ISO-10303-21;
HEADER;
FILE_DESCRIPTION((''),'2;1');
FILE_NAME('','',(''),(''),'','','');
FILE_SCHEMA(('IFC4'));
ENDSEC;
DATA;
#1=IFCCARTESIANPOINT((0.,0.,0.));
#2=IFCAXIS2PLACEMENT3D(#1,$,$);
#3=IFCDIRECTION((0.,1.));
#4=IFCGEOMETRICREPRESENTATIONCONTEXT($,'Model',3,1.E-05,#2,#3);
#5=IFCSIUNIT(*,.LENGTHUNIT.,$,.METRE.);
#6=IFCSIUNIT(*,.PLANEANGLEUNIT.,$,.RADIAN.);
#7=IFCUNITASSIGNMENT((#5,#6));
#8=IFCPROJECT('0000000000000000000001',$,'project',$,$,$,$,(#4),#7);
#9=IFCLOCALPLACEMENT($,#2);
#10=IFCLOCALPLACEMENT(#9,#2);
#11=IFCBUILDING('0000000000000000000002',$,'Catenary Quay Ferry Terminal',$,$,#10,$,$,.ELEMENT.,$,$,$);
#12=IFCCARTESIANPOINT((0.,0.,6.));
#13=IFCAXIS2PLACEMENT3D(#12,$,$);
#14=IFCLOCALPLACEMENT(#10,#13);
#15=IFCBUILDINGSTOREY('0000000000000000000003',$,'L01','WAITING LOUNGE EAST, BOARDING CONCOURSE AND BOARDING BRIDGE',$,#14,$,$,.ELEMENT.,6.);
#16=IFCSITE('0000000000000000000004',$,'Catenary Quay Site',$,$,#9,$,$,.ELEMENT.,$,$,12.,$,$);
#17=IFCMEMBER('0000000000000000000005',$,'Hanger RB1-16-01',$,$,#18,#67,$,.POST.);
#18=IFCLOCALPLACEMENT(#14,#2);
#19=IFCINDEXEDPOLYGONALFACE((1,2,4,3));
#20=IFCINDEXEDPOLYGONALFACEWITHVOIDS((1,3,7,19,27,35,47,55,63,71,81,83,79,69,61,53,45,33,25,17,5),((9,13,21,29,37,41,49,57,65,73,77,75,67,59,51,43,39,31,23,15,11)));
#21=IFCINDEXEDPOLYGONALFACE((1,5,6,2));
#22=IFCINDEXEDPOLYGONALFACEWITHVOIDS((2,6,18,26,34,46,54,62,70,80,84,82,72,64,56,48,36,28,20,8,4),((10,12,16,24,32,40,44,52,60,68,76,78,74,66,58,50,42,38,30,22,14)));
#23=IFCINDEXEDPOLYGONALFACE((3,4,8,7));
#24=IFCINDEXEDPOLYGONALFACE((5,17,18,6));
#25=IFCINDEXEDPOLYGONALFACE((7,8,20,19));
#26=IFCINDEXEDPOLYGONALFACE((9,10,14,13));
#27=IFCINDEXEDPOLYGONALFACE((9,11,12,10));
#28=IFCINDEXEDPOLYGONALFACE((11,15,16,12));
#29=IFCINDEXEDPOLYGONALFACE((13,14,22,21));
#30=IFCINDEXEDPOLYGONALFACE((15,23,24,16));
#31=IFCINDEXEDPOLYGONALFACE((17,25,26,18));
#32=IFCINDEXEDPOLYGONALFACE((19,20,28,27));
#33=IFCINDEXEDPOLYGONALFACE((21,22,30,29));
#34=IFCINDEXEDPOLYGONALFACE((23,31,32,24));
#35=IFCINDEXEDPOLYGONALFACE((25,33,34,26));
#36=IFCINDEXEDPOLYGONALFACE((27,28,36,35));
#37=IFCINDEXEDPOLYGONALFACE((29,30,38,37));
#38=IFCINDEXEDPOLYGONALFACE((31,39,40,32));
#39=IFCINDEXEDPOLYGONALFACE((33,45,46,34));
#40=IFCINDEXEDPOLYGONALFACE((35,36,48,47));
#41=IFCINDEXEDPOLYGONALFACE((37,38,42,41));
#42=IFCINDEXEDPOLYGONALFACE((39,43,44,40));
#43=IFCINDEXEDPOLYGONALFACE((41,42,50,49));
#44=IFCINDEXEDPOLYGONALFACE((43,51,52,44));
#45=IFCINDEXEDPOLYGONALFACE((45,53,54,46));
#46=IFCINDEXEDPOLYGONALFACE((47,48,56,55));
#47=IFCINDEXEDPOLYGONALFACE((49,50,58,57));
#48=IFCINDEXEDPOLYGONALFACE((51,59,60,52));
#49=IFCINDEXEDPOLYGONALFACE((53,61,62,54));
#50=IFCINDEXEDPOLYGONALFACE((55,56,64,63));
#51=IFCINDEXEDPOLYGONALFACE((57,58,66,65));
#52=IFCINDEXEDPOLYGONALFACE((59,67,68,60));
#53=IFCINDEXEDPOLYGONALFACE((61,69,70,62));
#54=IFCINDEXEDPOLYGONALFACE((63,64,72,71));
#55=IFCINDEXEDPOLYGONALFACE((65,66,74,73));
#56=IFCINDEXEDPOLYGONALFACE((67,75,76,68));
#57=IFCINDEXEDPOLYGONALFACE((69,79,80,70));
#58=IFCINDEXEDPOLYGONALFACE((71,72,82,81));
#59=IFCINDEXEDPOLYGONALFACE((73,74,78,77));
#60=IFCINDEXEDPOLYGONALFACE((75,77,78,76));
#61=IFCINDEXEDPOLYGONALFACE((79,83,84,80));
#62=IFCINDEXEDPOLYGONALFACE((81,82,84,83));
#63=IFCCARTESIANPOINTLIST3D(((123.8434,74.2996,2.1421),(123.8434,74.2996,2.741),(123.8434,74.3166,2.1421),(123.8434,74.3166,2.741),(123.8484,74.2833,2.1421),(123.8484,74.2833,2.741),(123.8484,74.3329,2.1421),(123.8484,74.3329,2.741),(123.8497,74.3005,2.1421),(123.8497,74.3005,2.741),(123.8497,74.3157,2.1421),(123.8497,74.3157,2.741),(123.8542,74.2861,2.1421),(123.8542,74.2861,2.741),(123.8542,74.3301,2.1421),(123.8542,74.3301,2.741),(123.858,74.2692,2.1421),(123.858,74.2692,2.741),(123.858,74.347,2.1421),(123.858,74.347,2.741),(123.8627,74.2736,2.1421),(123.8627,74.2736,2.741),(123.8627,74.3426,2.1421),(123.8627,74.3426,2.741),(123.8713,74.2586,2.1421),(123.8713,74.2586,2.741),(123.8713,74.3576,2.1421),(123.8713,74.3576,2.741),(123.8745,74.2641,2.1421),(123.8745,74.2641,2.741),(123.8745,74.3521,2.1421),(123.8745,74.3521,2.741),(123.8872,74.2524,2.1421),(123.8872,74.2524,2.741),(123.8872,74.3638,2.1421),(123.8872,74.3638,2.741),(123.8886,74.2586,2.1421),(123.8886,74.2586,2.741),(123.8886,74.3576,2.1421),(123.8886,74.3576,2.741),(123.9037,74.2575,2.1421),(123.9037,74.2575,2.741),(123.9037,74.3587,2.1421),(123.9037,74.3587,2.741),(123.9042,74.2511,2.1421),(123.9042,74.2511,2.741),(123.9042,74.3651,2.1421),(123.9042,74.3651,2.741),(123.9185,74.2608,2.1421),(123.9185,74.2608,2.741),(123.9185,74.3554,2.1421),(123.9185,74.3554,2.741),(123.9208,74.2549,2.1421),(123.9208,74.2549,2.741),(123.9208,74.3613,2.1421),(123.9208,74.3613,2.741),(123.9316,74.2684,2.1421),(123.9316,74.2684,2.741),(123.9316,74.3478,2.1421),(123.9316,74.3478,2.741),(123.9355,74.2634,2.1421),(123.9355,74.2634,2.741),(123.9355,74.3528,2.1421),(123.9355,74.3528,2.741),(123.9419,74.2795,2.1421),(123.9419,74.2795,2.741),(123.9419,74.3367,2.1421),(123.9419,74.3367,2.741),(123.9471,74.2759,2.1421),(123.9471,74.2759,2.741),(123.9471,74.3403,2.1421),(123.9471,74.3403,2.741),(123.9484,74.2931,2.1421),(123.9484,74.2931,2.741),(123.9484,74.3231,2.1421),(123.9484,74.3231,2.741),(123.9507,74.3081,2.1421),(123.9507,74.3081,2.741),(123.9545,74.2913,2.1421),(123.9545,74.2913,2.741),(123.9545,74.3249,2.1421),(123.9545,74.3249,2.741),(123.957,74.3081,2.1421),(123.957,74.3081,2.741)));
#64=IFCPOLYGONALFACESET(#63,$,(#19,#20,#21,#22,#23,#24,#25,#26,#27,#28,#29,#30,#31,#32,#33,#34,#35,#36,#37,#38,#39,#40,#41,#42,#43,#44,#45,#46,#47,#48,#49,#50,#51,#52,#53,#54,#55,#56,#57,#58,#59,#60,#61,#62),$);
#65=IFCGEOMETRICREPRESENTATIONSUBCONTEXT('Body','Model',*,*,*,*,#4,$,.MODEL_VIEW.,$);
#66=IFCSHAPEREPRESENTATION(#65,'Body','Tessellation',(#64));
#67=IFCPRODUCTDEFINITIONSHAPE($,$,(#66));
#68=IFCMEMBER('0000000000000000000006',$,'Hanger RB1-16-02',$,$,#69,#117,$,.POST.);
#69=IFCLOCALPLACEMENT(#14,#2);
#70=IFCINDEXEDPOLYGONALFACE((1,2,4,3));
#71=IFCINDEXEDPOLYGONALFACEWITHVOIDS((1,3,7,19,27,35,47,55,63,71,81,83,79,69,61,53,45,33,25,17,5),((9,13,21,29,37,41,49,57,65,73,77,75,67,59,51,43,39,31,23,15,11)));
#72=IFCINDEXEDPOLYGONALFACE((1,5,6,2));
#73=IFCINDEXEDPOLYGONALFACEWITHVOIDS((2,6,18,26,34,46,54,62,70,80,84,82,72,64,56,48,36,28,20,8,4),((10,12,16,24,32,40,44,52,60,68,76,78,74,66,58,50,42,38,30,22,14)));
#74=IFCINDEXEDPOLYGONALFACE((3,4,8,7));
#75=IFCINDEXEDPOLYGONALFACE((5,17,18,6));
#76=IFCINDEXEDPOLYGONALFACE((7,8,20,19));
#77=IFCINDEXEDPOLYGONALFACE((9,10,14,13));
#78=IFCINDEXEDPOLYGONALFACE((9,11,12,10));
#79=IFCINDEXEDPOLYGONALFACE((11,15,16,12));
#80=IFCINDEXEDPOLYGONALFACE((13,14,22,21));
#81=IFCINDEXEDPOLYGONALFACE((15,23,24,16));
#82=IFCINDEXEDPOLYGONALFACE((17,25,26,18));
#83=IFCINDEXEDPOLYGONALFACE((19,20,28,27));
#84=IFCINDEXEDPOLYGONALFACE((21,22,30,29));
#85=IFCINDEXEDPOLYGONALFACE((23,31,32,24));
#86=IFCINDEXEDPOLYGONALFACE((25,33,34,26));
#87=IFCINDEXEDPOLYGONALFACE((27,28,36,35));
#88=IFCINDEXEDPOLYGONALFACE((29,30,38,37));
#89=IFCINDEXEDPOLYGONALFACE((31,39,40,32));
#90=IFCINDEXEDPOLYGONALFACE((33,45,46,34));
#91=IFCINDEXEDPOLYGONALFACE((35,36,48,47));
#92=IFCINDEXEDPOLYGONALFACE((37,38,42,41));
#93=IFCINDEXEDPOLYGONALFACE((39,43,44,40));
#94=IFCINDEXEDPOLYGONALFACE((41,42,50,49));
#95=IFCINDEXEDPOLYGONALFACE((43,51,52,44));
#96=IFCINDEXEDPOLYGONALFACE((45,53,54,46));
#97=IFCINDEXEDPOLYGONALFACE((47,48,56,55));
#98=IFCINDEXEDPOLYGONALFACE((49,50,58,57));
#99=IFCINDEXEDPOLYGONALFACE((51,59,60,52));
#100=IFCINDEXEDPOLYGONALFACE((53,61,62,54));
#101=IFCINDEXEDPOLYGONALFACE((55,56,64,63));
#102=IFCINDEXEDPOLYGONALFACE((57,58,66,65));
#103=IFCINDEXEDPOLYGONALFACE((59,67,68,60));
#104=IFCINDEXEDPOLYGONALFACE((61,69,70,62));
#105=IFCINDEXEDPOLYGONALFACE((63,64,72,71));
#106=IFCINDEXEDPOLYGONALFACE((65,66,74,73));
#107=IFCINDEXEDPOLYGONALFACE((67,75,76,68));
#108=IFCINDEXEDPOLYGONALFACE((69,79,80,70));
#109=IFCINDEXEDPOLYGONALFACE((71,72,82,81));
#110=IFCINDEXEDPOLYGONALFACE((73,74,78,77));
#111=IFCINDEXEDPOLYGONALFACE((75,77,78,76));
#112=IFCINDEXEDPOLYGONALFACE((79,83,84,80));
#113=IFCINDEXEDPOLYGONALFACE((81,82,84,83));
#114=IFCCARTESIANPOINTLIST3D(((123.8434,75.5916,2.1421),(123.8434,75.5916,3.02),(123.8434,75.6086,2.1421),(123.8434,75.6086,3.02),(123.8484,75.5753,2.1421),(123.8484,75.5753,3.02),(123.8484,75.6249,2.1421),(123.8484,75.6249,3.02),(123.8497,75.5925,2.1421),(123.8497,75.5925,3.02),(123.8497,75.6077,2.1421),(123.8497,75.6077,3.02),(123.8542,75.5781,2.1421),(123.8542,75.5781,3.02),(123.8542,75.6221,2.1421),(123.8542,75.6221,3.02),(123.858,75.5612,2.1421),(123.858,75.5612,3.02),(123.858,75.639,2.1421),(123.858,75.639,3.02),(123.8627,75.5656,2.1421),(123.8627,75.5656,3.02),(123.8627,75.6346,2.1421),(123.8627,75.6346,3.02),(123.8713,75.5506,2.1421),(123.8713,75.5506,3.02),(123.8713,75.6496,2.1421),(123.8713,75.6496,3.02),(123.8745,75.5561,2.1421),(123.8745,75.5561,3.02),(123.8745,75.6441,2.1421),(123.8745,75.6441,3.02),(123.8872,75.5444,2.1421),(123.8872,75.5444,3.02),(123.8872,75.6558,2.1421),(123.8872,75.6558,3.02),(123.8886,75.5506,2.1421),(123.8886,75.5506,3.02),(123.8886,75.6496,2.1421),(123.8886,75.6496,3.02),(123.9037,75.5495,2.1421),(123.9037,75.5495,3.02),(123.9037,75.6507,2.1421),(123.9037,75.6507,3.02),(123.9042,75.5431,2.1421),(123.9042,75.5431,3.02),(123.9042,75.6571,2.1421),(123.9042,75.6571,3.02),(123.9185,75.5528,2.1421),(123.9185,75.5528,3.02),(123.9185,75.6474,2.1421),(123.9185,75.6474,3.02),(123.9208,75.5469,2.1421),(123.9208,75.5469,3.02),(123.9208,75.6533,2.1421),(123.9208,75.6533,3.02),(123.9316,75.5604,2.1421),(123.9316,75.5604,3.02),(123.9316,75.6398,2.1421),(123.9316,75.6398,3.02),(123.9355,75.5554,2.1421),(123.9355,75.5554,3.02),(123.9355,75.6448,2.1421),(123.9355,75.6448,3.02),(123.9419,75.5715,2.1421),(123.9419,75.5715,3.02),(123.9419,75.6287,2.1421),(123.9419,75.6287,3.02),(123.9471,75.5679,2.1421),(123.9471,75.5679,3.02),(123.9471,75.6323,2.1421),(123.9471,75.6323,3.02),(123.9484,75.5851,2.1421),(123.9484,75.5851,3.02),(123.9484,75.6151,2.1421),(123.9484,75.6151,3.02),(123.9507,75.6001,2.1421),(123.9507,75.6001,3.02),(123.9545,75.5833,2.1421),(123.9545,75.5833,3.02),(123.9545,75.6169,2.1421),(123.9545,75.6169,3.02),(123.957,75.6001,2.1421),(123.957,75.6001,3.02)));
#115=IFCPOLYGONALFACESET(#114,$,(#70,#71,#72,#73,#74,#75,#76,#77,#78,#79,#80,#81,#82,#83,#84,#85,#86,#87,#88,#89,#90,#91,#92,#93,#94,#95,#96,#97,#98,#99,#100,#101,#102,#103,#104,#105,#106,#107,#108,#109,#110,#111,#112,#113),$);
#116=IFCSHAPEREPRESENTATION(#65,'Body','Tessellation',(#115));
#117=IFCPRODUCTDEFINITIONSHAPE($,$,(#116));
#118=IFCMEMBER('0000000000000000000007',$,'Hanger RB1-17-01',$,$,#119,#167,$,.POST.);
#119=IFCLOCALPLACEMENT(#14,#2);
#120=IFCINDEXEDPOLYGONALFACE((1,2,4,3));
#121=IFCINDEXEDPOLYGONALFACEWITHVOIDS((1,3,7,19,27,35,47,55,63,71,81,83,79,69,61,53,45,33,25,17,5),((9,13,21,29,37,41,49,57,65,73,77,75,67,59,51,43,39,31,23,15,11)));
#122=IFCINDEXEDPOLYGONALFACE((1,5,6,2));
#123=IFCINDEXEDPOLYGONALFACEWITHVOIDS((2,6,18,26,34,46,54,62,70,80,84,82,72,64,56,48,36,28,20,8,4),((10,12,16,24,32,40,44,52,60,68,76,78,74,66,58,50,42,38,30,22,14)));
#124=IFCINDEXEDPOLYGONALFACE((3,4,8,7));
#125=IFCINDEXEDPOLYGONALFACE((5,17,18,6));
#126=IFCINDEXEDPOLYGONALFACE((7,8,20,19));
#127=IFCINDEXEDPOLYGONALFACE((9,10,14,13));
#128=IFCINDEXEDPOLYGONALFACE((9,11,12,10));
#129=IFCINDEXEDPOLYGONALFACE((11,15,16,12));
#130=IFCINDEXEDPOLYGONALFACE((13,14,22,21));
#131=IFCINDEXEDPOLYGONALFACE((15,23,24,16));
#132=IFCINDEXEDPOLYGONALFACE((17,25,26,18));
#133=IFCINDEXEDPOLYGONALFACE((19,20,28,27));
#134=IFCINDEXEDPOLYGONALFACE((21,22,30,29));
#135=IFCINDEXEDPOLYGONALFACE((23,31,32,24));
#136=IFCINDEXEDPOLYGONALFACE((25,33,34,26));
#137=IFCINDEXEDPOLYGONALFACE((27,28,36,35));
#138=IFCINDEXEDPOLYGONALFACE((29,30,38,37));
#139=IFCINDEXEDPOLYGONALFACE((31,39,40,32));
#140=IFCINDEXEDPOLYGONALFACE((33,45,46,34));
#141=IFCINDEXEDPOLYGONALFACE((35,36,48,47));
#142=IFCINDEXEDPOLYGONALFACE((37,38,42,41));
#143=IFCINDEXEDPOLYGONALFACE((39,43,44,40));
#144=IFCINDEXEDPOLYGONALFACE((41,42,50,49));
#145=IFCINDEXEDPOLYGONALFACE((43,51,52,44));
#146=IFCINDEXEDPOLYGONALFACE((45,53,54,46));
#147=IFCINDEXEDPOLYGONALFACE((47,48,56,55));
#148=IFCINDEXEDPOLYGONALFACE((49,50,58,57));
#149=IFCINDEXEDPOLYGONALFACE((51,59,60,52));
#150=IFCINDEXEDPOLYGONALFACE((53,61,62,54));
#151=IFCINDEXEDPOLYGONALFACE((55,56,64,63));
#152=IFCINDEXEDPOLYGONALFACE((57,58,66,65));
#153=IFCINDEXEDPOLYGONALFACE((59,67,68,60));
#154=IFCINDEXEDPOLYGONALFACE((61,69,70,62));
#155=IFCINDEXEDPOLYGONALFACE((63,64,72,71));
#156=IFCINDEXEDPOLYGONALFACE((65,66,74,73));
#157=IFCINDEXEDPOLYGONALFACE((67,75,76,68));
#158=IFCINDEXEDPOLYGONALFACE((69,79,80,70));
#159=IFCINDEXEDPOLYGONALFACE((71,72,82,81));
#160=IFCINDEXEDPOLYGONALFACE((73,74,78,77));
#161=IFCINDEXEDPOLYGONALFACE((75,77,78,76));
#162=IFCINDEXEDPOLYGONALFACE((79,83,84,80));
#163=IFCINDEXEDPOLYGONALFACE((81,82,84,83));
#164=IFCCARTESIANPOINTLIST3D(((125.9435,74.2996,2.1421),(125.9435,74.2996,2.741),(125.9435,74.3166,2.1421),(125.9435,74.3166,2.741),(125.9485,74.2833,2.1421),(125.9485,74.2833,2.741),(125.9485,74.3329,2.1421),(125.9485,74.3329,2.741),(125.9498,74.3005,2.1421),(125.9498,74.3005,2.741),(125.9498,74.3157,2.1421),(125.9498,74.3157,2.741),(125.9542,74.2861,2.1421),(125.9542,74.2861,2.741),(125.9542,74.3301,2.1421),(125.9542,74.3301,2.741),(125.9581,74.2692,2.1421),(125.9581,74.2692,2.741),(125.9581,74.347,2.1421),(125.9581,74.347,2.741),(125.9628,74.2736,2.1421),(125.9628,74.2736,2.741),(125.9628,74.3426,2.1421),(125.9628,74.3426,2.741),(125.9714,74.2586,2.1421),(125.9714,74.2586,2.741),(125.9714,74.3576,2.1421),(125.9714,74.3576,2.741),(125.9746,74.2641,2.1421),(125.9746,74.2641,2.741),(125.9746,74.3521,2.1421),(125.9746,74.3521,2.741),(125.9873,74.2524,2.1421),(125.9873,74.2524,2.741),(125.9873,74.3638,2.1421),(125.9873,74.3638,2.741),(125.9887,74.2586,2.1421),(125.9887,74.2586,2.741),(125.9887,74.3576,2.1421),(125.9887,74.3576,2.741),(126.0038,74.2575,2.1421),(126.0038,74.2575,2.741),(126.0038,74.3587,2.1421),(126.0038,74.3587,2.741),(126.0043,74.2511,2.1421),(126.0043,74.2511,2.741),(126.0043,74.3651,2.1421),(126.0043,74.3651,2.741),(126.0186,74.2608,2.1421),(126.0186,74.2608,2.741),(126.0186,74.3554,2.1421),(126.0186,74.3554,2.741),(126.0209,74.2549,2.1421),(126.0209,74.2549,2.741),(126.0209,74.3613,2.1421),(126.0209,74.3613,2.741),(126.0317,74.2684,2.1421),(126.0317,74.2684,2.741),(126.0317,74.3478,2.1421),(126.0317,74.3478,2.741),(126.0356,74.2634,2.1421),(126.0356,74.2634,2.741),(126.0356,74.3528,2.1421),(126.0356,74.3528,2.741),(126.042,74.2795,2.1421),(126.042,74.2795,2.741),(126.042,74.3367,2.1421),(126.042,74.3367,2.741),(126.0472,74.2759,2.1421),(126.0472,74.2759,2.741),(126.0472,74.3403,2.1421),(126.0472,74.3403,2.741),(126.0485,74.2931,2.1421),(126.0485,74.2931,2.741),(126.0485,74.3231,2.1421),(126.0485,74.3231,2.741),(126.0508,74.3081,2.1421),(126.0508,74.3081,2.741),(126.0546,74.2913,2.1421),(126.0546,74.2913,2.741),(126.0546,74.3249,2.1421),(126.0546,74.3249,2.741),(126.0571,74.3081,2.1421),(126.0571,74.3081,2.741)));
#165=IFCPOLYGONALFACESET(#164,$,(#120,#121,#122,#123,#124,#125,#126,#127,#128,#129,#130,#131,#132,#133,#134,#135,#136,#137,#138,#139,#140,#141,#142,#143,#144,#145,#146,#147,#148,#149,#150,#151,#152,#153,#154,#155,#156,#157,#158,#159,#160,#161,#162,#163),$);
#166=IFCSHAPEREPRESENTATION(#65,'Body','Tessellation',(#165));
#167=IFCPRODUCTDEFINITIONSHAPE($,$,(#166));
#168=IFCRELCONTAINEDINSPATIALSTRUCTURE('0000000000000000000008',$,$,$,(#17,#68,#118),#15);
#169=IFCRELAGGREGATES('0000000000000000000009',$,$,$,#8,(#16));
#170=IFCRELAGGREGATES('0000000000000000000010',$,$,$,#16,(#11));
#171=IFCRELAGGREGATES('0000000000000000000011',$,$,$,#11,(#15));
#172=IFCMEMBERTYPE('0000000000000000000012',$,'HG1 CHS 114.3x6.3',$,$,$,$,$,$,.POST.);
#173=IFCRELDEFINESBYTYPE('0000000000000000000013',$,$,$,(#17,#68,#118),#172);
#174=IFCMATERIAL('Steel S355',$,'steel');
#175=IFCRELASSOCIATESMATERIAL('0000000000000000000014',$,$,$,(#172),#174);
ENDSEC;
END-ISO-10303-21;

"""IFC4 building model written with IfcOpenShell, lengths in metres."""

from ifc_helpers import new_model, si_unit, direction, frame, origin, origin_2d, place, context, subcontext, project, spatial, hollow_circle, extrude, material, material_profile, profile_set, type_object, element, save


model = new_model("IFC4")

# Units and contexts
model_context = context("Model", 3, precision=1e-05, world=origin(), true_north=direction((0.0, 1.0)))
body_context = subcontext(model_context, "Body", "Model", "MODEL_VIEW")
ifc_project = project(units=[si_unit("LENGTHUNIT", "METRE"), si_unit("PLANEANGLEUNIT", "RADIAN")], contexts=[model_context])

# Site, building, storey
site_placement = place(None, origin())
site = spatial("IfcSite", under=ifc_project, at=site_placement, Name="Catenary Quay Site", CompositionType="ELEMENT", RefElevation=12.0)
building_placement = place(site_placement, origin())
building = spatial("IfcBuilding", under=site, at=building_placement, Name="Catenary Quay Ferry Terminal", CompositionType="ELEMENT")
storey_placement = place(building_placement, frame((0.0, 0.0, 6.0)))
storey = spatial("IfcBuildingStorey", under=building, at=storey_placement, Name="L01", Description="WAITING LOUNGE EAST, BOARDING CONCOURSE AND BOARDING BRIDGE", CompositionType="ELEMENT", Elevation=6.0)

# Members
ifc_material_1 = material(Name="Steel S355", Category="steel")
ifc_material_profile_1 = material_profile(ifc_material_1, hollow_circle(Radius=0.0571, WallThickness=0.0063, at=origin_2d()), Name="CHS 114.3x6.3")
ifc_profile_set_1 = profile_set([ifc_material_profile_1], Name="Steel S355")
member_type_1 = type_object("IfcMemberType", Name="HG1 CHS 114.3x6.3", PredefinedType="POST", material=ifc_profile_set_1)
member_1_placement = place(storey_placement, frame((123.8999, 74.3081, 2.1421), z_axis=(0.0, 0.0, 1.0), x_axis=(1.0, 0.0, 0.0)))
element("IfcMember", 1, at=member_1_placement, inside=storey, type_object=member_type_1, Name="Hanger RB1-16-01", PredefinedType="POST", context=body_context, shape_type="SweptSolid", body=[
    extrude(hollow_circle(Radius=0.0571, WallThickness=0.0063, at=origin_2d()), origin(), (0.0, 0.0, 1.0), 0.5989),
])
member_2_placement = place(storey_placement, frame((123.8999, 75.6001, 2.1421), z_axis=(0.0, 0.0, 1.0), x_axis=(1.0, 0.0, 0.0)))
element("IfcMember", 2, at=member_2_placement, inside=storey, type_object=member_type_1, Name="Hanger RB1-16-02", PredefinedType="POST", context=body_context, shape_type="SweptSolid", body=[
    extrude(hollow_circle(Radius=0.0571, WallThickness=0.0063, at=origin_2d()), origin(), (0.0, 0.0, 1.0), 0.8779),
])
member_3_placement = place(storey_placement, frame((126.0, 74.3081, 2.1421), z_axis=(0.0, 0.0, 1.0), x_axis=(1.0, 0.0, 0.0)))
element("IfcMember", 3, at=member_3_placement, inside=storey, type_object=member_type_1, Name="Hanger RB1-17-01", PredefinedType="POST", context=body_context, shape_type="SweptSolid", body=[
    extrude(hollow_circle(Radius=0.0571, WallThickness=0.0063, at=origin_2d()), origin(), (0.0, 0.0, 1.0), 0.5989),
])

save(model, "model.ifc")
